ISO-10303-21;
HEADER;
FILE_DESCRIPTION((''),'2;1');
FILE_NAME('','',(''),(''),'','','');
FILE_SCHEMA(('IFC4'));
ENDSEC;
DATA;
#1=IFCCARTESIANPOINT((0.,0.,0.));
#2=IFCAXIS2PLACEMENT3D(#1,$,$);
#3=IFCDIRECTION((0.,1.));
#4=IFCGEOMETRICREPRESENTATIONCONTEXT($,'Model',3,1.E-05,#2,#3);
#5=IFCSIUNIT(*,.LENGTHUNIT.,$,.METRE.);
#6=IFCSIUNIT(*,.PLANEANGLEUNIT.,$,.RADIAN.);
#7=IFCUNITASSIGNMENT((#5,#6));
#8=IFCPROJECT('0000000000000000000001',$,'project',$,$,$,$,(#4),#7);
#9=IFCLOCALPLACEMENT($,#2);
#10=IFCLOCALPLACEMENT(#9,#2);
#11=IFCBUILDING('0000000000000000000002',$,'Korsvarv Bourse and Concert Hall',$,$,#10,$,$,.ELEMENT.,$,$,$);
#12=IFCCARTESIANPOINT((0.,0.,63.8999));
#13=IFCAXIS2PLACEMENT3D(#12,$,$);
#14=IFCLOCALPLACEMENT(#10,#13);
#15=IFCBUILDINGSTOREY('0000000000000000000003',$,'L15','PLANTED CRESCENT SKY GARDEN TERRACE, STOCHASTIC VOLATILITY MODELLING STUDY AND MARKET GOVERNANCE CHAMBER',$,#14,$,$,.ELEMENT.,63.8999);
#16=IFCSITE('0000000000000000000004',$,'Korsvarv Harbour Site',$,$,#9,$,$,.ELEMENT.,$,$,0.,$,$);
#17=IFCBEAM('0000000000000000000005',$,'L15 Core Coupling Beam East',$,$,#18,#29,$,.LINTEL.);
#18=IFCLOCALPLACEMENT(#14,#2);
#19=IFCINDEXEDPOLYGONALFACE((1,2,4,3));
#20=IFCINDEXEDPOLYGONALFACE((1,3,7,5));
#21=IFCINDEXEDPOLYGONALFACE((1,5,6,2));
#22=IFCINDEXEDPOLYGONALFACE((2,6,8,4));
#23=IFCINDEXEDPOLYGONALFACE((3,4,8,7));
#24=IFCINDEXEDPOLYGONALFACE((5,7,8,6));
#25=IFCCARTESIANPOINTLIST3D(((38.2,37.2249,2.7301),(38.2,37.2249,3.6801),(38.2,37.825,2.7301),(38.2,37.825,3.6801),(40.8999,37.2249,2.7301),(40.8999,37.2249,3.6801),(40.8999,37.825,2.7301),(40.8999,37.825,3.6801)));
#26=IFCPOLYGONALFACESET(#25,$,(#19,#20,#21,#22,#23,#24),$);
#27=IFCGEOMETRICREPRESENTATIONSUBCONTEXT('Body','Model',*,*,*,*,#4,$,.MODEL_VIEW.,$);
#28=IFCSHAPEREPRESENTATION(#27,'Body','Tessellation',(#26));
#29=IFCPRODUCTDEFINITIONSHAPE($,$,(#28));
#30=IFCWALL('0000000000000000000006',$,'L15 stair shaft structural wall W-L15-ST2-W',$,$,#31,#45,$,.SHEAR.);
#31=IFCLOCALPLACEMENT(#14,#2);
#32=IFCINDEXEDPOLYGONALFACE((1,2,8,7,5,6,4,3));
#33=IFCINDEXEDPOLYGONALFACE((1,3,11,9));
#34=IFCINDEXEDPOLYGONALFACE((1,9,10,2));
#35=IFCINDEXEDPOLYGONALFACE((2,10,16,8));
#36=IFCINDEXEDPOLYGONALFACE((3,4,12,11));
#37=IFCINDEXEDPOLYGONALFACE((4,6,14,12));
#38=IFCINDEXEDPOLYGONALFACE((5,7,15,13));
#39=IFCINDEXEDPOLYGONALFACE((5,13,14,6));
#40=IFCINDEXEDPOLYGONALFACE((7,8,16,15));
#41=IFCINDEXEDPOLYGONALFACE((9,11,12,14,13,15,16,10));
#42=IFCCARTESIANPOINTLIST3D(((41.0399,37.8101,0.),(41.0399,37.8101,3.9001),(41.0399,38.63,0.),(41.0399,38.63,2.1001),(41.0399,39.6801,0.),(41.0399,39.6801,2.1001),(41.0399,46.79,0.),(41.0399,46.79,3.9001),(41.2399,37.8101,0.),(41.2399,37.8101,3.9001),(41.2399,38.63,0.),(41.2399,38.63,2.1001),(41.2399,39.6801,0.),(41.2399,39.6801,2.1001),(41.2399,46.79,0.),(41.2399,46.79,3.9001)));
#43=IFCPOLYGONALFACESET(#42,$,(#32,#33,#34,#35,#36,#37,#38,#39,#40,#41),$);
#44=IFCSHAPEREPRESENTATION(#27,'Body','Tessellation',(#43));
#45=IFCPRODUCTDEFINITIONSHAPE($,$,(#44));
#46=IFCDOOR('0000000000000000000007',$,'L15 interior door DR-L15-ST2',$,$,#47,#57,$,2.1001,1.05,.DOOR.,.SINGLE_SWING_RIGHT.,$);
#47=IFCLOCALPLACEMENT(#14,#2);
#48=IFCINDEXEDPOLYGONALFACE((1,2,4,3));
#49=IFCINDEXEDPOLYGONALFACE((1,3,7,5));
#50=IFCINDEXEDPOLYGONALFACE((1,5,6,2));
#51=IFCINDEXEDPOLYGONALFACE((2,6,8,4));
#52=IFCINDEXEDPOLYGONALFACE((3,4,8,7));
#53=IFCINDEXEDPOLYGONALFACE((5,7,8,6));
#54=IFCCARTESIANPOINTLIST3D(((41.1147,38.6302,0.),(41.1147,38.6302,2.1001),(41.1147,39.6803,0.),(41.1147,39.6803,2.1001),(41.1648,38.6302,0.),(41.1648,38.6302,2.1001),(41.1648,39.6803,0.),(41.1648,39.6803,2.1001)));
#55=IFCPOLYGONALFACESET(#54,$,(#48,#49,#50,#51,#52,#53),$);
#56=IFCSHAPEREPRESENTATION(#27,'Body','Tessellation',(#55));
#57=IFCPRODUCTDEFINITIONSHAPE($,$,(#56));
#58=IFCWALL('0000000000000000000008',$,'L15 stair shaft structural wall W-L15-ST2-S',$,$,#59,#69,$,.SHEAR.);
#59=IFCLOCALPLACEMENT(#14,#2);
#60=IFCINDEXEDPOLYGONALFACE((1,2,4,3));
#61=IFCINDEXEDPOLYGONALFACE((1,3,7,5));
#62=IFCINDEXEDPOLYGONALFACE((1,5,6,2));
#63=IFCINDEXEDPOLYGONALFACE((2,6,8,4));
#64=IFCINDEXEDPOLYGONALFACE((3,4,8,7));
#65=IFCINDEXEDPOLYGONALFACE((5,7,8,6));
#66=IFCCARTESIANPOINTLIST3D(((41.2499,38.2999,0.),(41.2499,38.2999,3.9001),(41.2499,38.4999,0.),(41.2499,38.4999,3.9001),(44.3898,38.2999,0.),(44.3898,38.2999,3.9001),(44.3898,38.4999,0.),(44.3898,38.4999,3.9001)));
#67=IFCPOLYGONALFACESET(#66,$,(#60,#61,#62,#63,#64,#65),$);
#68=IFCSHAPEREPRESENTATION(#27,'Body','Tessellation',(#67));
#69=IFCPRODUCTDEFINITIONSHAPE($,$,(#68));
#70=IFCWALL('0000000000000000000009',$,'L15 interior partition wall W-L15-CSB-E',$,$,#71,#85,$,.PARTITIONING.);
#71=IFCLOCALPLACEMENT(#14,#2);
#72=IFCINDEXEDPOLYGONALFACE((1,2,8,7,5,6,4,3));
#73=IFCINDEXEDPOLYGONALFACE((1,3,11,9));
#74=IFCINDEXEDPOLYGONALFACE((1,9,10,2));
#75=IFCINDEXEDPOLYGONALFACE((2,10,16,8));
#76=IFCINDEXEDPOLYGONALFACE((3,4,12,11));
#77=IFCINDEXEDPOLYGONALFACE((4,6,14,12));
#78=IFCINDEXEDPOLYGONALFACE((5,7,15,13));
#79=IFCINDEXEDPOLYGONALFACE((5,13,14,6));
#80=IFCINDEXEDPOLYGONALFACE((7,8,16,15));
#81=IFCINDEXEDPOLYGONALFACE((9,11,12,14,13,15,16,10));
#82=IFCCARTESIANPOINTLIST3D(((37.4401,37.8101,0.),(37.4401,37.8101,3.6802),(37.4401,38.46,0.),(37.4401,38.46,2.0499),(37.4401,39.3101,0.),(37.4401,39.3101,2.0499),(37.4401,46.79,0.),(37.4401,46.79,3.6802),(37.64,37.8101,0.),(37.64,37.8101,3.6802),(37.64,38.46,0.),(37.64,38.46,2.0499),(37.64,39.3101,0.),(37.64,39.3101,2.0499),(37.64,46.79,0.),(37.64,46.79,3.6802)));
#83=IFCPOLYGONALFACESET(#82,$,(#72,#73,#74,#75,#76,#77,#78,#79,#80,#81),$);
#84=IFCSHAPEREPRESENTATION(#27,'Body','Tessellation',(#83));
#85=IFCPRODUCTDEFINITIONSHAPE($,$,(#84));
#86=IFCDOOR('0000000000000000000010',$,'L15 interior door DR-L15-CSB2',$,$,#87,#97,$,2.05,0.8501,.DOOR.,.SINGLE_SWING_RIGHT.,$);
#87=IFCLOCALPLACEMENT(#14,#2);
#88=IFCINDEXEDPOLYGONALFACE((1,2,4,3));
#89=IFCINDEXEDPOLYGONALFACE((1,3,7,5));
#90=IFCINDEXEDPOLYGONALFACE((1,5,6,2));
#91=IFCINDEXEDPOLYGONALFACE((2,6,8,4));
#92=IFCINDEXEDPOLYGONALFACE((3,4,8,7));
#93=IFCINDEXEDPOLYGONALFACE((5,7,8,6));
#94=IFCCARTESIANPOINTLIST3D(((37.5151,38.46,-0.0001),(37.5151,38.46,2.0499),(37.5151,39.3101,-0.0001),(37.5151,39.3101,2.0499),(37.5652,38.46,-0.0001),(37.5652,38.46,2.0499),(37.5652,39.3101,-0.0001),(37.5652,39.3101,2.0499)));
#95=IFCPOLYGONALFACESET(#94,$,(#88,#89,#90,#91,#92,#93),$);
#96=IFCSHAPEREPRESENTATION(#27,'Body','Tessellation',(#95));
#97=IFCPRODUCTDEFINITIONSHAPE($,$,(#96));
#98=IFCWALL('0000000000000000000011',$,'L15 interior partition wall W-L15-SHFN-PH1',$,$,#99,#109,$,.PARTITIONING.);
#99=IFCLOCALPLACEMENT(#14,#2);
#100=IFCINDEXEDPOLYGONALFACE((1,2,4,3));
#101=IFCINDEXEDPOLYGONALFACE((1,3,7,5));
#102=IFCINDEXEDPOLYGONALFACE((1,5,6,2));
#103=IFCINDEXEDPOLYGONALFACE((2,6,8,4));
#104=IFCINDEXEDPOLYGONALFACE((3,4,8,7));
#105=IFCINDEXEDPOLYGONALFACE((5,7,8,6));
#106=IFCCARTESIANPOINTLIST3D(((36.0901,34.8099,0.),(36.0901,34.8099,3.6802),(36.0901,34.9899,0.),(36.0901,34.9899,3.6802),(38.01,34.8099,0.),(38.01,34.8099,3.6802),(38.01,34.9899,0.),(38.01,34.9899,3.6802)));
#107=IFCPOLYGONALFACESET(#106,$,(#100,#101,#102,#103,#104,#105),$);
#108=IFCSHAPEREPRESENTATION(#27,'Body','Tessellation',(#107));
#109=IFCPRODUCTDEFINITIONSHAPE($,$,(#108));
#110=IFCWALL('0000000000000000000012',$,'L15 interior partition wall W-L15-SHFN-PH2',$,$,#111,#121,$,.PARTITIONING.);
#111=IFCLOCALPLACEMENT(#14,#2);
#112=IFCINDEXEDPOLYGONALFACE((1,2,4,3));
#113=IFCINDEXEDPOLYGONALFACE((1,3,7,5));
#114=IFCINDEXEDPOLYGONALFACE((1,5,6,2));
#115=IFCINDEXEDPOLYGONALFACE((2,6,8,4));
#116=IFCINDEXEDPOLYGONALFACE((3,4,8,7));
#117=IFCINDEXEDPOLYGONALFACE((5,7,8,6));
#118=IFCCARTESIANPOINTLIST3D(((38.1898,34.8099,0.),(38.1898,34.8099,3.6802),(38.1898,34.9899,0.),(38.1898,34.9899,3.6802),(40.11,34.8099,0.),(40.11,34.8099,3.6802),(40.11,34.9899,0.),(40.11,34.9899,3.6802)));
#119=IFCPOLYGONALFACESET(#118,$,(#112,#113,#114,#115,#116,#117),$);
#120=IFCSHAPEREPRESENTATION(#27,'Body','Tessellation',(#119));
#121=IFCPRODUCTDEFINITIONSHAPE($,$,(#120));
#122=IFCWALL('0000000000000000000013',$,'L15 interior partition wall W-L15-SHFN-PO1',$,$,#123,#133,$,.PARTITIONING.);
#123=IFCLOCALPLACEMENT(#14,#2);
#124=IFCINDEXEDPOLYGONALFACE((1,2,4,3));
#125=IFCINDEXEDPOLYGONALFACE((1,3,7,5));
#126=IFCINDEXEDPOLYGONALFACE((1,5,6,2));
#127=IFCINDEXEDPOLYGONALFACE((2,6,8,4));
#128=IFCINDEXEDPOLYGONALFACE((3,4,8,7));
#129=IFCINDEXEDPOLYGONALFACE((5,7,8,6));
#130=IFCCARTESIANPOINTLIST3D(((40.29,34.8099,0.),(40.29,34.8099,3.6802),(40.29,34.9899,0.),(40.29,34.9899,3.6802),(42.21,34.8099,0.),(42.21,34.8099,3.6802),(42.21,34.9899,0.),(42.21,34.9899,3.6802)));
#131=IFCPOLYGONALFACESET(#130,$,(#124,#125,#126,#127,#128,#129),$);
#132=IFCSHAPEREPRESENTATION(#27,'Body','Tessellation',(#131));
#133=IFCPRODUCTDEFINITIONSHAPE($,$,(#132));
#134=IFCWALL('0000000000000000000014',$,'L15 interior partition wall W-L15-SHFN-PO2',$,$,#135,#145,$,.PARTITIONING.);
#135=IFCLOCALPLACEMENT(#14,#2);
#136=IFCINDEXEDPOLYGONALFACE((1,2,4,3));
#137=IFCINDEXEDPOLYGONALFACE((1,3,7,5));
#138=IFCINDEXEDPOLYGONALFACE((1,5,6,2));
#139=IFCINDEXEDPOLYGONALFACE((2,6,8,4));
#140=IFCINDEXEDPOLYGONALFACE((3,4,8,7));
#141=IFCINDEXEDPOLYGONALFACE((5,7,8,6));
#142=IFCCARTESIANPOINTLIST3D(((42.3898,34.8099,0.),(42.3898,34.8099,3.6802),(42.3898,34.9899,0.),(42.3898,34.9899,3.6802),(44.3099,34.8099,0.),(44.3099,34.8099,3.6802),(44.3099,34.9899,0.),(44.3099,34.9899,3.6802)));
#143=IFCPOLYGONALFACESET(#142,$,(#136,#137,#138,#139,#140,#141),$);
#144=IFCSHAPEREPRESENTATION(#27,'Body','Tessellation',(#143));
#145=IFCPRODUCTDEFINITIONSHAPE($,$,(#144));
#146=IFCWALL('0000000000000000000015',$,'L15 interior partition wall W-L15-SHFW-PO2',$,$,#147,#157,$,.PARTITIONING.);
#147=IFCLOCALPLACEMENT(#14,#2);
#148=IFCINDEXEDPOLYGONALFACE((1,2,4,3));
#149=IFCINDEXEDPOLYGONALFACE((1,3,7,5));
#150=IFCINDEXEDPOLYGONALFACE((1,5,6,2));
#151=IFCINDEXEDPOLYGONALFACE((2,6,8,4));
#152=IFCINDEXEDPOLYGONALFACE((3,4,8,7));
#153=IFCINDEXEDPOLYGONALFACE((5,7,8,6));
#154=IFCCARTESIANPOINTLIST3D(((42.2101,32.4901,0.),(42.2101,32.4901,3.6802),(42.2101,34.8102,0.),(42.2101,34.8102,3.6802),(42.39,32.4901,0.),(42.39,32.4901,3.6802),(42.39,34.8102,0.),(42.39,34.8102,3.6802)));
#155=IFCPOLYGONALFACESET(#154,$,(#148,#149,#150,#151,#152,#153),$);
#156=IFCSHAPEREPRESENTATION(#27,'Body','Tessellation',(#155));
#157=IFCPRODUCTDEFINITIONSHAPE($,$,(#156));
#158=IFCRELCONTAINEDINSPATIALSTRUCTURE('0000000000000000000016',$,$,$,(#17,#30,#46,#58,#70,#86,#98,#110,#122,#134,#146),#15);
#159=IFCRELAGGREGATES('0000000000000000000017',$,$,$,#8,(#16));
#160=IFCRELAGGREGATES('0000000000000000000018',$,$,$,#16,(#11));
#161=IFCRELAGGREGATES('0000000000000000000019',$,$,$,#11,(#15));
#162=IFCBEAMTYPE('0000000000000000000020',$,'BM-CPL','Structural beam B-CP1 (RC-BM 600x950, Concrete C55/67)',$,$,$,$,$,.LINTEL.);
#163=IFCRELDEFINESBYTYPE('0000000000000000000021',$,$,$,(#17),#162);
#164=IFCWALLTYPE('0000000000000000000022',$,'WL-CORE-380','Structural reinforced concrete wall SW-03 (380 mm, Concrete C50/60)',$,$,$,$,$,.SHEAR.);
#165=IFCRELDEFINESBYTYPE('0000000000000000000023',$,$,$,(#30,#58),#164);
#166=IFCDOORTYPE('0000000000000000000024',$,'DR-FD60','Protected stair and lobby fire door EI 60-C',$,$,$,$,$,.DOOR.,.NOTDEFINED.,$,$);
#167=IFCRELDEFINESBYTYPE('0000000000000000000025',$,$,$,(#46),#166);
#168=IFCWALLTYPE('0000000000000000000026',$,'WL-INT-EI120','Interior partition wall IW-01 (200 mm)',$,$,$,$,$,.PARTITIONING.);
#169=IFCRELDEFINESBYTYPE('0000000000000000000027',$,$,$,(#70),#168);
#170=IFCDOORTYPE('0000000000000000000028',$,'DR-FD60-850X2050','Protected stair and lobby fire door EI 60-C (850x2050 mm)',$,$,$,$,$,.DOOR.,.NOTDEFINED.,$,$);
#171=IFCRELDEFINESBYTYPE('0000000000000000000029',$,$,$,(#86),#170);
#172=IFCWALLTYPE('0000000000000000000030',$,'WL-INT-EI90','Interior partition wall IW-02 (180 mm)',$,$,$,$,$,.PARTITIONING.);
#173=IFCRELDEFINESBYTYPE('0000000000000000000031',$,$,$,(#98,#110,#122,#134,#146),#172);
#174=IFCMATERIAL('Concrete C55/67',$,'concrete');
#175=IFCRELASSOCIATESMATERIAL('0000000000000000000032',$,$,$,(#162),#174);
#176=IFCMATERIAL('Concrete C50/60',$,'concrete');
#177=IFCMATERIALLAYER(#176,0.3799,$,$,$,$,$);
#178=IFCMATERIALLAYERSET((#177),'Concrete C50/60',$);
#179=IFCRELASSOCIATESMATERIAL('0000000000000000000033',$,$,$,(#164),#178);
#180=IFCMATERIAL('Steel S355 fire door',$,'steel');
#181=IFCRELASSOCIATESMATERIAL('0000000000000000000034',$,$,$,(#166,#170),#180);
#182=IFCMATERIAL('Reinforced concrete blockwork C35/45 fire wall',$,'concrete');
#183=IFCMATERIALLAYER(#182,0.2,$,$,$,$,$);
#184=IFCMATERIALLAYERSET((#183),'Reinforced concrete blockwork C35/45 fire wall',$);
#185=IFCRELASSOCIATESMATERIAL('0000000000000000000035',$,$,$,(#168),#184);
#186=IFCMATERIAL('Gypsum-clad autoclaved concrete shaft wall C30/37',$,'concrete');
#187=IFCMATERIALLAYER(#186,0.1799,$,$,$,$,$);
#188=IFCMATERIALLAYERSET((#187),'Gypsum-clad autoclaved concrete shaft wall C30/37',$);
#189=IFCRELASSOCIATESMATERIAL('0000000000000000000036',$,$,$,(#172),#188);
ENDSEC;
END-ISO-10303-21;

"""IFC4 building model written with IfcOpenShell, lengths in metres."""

from ifc_helpers import new_model, si_unit, direction, frame, frame_2d, origin, origin_2d, place, context, subcontext, project, spatial, rectangle, extrude, source, transform, mapped, material, layer, layer_set, material_profile, profile_set, type_object, element, fill, save


model = new_model("IFC4")

# Units and contexts
model_context = context("Model", 3, precision=1e-05, world=origin(), true_north=direction((0.0, 1.0)))
body_context = subcontext(model_context, "Body", "Model", "MODEL_VIEW")
ifc_project = project(units=[si_unit("LENGTHUNIT", "METRE"), si_unit("PLANEANGLEUNIT", "RADIAN")], contexts=[model_context])

# Site, building, storey
site_placement = place(None, origin())
site = spatial("IfcSite", under=ifc_project, at=site_placement, Name="Korsvarv Harbour Site", CompositionType="ELEMENT", RefElevation=0.0)
building_placement = place(site_placement, origin())
building = spatial("IfcBuilding", under=site, at=building_placement, Name="Korsvarv Bourse and Concert Hall", CompositionType="ELEMENT")
storey_placement = place(building_placement, frame((0.0, 0.0, 63.8999)))
storey = spatial("IfcBuildingStorey", under=building, at=storey_placement, Name="L15", Description="PLANTED CRESCENT SKY GARDEN TERRACE, STOCHASTIC VOLATILITY MODELLING STUDY AND MARKET GOVERNANCE CHAMBER", CompositionType="ELEMENT", Elevation=63.8999)

# Beam
ifc_material_1 = material(Name="Concrete C55/67", Category="concrete")
ifc_material_profile = material_profile(ifc_material_1, rectangle(XDim=0.6001, YDim=0.95, at=origin_2d()), Name="RC-BM 600x950")
ifc_profile_set = profile_set([ifc_material_profile], Name="Concrete C55/67")
beam_type = type_object("IfcBeamType", Name="BM-CPL", Description="Structural beam B-CP1 (RC-BM 600x950, Concrete C55/67)", PredefinedType="LINTEL", material=ifc_profile_set)
shared_shape = source(origin(), body_context, "Body", "SweptSolid", [
    extrude(rectangle(XDim=0.6001, YDim=0.95, at=origin_2d()), origin(), (0.0, 0.0, 1.0), 2.7),
])
beam_placement = place(storey_placement, frame((38.2, 37.5249, 3.2051), z_axis=(1.0, 0.0, 0.0), x_axis=(0.0, 1.0, 0.0)))
element("IfcBeam", 1, at=beam_placement, inside=storey, type_object=beam_type, Name="L15 Core Coupling Beam East", PredefinedType="LINTEL", context=body_context, shape_type="MappedRepresentation", body=[
    mapped(shared_shape, transform((0.0, 0.0, 0.0), scale=1.0)),
])

# Wall, opening, door
ifc_material_2 = material(Name="Concrete C50/60", Category="concrete")
ifc_layer_1 = layer(ifc_material_2, 0.3799)
ifc_layer_set_1 = layer_set([ifc_layer_1], Name="Concrete C50/60")
wall_type_1 = type_object("IfcWallType", Name="WL-CORE-380", Description="Structural reinforced concrete wall SW-03 (380 mm, Concrete C50/60)", PredefinedType="SHEAR", material=ifc_layer_set_1)
wall_1_placement = place(storey_placement, frame((41.1399, 37.8101, 0.0), z_axis=(0.0, 0.0, 1.0), x_axis=(0.0, 1.0, 0.0)))
wall_1 = element("IfcWall", 2, at=wall_1_placement, inside=storey, type_object=wall_type_1, Name="L15 stair shaft structural wall W-L15-ST2-W", PredefinedType="SHEAR", context=body_context, shape_type="SweptSolid", body=[
    extrude(rectangle(XDim=8.98, YDim=0.2, at=frame_2d((4.49, 0.0))), origin(), (0.0, 0.0, 1.0), 3.9001),
])
opening_1_placement = place(wall_1_placement, frame((0.8201, 0.0, 0.0)))
opening_1 = element("IfcOpeningElement", 3, at=opening_1_placement, cuts=wall_1, PredefinedType="OPENING", context=body_context, shape_type="SweptSolid", body=[
    extrude(rectangle(XDim=1.05, YDim=2.1001, at=frame_2d((0.5249, 1.05))), frame((0.0, 0.1099, 0.0), z_axis=(0.0, -1.0, 0.0), x_axis=(1.0, 0.0, 0.0)), (0.0, 0.0, 1.0), 0.22),
])
ifc_material_3 = material(Name="Steel S355 fire door", Category="steel")
door_type_1 = type_object("IfcDoorType", Name="DR-FD60", Description="Protected stair and lobby fire door EI 60-C", OperationType="NOTDEFINED", PredefinedType="DOOR", material=ifc_material_3)
door_1_placement = place(opening_1_placement, frame((1.05, 0.0, 0.0), z_axis=(0.0, 0.0, 1.0), x_axis=(-1.0, 0.0, 0.0)))
door_1 = element("IfcDoor", 4, at=door_1_placement, inside=storey, type_object=door_type_1, Name="L15 interior door DR-L15-ST2", OperationType="SINGLE_SWING_RIGHT", OverallHeight=2.1001, OverallWidth=1.05, PredefinedType="DOOR", context=body_context, shape_type="SweptSolid", body=[
    extrude(rectangle(XDim=1.05, YDim=2.1001, at=frame_2d((0.5249, 1.05))), frame((0.0, 0.0249, 0.0), z_axis=(0.0, -1.0, 0.0), x_axis=(1.0, 0.0, 0.0)), (0.0, 0.0, 1.0), 0.05),
])
fill(opening_1, door_1)

# Wall
wall_2_placement = place(storey_placement, frame((41.25, 38.3999, 0.0), z_axis=(0.0, 0.0, 1.0), x_axis=(1.0, 0.0, 0.0)))
element("IfcWall", 5, at=wall_2_placement, inside=storey, type_object=wall_type_1, Name="L15 stair shaft structural wall W-L15-ST2-S", PredefinedType="SHEAR", context=body_context, shape_type="SweptSolid", body=[
    extrude(rectangle(XDim=3.1399, YDim=0.2, at=frame_2d((1.5698, 0.0))), origin(), (0.0, 0.0, 1.0), 3.9001),
])

# Wall, opening, door
ifc_material_4 = material(Name="Reinforced concrete blockwork C35/45 fire wall", Category="concrete")
ifc_layer_2 = layer(ifc_material_4, 0.2)
ifc_layer_set_2 = layer_set([ifc_layer_2], Name="Reinforced concrete blockwork C35/45 fire wall")
wall_type_2 = type_object("IfcWallType", Name="WL-INT-EI120", Description="Interior partition wall IW-01 (200 mm)", PredefinedType="PARTITIONING", material=ifc_layer_set_2)
wall_3_placement = place(storey_placement, frame((37.54, 37.8101, 0.0), z_axis=(0.0, 0.0, 1.0), x_axis=(0.0, 1.0, 0.0)))
wall_3 = element("IfcWall", 6, at=wall_3_placement, inside=storey, type_object=wall_type_2, Name="L15 interior partition wall W-L15-CSB-E", PredefinedType="PARTITIONING", context=body_context, shape_type="SweptSolid", body=[
    extrude(rectangle(XDim=8.98, YDim=0.2, at=frame_2d((4.49, 0.0))), origin(), (0.0, 0.0, 1.0), 3.6802),
])
opening_2_placement = place(wall_3_placement, frame((0.6499, 0.0, 0.0)))
opening_2 = element("IfcOpeningElement", 7, at=opening_2_placement, cuts=wall_3, PredefinedType="OPENING", context=body_context, shape_type="SweptSolid", body=[
    extrude(rectangle(XDim=0.8501, YDim=2.05, at=frame_2d((0.425, 1.0249))), frame((0.0, 0.1099, 0.0), z_axis=(0.0, -1.0, 0.0), x_axis=(1.0, 0.0, 0.0)), (0.0, 0.0, 1.0), 0.22),
])
door_type_2 = type_object("IfcDoorType", Name="DR-FD60-850X2050", Description="Protected stair and lobby fire door EI 60-C (850x2050 mm)", OperationType="NOTDEFINED", PredefinedType="DOOR", material=ifc_material_3)
door_2_placement = place(opening_2_placement, origin())
door_2 = element("IfcDoor", 8, at=door_2_placement, inside=storey, type_object=door_type_2, Name="L15 interior door DR-L15-CSB2", OperationType="SINGLE_SWING_RIGHT", OverallHeight=2.05, OverallWidth=0.8501, PredefinedType="DOOR", context=body_context, shape_type="SweptSolid", body=[
    extrude(rectangle(XDim=0.8501, YDim=2.05, at=frame_2d((0.425, 1.0249))), frame((0.0, 0.0249, 0.0), z_axis=(0.0, -1.0, 0.0), x_axis=(1.0, 0.0, 0.0)), (0.0, 0.0, 1.0), 0.05),
])
fill(opening_2, door_2)

# Walls
ifc_material_5 = material(Name="Gypsum-clad autoclaved concrete shaft wall C30/37", Category="concrete")
ifc_layer_3 = layer(ifc_material_5, 0.1799)
ifc_layer_set_3 = layer_set([ifc_layer_3], Name="Gypsum-clad autoclaved concrete shaft wall C30/37")
wall_type_3 = type_object("IfcWallType", Name="WL-INT-EI90", Description="Interior partition wall IW-02 (180 mm)", PredefinedType="PARTITIONING", material=ifc_layer_set_3)
wall_4_placement = place(storey_placement, frame((36.0901, 34.8999, 0.0), z_axis=(0.0, 0.0, 1.0), x_axis=(1.0, 0.0, 0.0)))
element("IfcWall", 9, at=wall_4_placement, inside=storey, type_object=wall_type_3, Name="L15 interior partition wall W-L15-SHFN-PH1", PredefinedType="PARTITIONING", context=body_context, shape_type="SweptSolid", body=[
    extrude(rectangle(XDim=1.9199, YDim=0.1799, at=frame_2d((0.96, 0.0))), origin(), (0.0, 0.0, 1.0), 3.6802),
])
wall_5_placement = place(storey_placement, frame((38.1899, 34.8999, 0.0), z_axis=(0.0, 0.0, 1.0), x_axis=(1.0, 0.0, 0.0)))
element("IfcWall", 10, at=wall_5_placement, inside=storey, type_object=wall_type_3, Name="L15 interior partition wall W-L15-SHFN-PH2", PredefinedType="PARTITIONING", context=body_context, shape_type="SweptSolid", body=[
    extrude(rectangle(XDim=1.9202, YDim=0.1799, at=frame_2d((0.96, 0.0))), origin(), (0.0, 0.0, 1.0), 3.6802),
])
wall_6_placement = place(storey_placement, frame((40.29, 34.8999, 0.0), z_axis=(0.0, 0.0, 1.0), x_axis=(1.0, 0.0, 0.0)))
element("IfcWall", 11, at=wall_6_placement, inside=storey, type_object=wall_type_3, Name="L15 interior partition wall W-L15-SHFN-PO1", PredefinedType="PARTITIONING", context=body_context, shape_type="SweptSolid", body=[
    extrude(rectangle(XDim=1.9199, YDim=0.1799, at=frame_2d((0.96, 0.0))), origin(), (0.0, 0.0, 1.0), 3.6802),
])
wall_7_placement = place(storey_placement, frame((42.3899, 34.8999, 0.0), z_axis=(0.0, 0.0, 1.0), x_axis=(1.0, 0.0, 0.0)))
element("IfcWall", 12, at=wall_7_placement, inside=storey, type_object=wall_type_3, Name="L15 interior partition wall W-L15-SHFN-PO2", PredefinedType="PARTITIONING", context=body_context, shape_type="SweptSolid", body=[
    extrude(rectangle(XDim=1.9202, YDim=0.1799, at=frame_2d((0.96, 0.0))), origin(), (0.0, 0.0, 1.0), 3.6802),
])
wall_8_placement = place(storey_placement, frame((42.3, 32.49, 0.0), z_axis=(0.0, 0.0, 1.0), x_axis=(0.0, 1.0, 0.0)))
element("IfcWall", 13, at=wall_8_placement, inside=storey, type_object=wall_type_3, Name="L15 interior partition wall W-L15-SHFW-PO2", PredefinedType="PARTITIONING", context=body_context, shape_type="SweptSolid", body=[
    extrude(rectangle(XDim=2.3201, YDim=0.1799, at=frame_2d((1.1602, 0.0))), origin(), (0.0, 0.0, 1.0), 3.6802),
])

save(model, "model.ifc")
